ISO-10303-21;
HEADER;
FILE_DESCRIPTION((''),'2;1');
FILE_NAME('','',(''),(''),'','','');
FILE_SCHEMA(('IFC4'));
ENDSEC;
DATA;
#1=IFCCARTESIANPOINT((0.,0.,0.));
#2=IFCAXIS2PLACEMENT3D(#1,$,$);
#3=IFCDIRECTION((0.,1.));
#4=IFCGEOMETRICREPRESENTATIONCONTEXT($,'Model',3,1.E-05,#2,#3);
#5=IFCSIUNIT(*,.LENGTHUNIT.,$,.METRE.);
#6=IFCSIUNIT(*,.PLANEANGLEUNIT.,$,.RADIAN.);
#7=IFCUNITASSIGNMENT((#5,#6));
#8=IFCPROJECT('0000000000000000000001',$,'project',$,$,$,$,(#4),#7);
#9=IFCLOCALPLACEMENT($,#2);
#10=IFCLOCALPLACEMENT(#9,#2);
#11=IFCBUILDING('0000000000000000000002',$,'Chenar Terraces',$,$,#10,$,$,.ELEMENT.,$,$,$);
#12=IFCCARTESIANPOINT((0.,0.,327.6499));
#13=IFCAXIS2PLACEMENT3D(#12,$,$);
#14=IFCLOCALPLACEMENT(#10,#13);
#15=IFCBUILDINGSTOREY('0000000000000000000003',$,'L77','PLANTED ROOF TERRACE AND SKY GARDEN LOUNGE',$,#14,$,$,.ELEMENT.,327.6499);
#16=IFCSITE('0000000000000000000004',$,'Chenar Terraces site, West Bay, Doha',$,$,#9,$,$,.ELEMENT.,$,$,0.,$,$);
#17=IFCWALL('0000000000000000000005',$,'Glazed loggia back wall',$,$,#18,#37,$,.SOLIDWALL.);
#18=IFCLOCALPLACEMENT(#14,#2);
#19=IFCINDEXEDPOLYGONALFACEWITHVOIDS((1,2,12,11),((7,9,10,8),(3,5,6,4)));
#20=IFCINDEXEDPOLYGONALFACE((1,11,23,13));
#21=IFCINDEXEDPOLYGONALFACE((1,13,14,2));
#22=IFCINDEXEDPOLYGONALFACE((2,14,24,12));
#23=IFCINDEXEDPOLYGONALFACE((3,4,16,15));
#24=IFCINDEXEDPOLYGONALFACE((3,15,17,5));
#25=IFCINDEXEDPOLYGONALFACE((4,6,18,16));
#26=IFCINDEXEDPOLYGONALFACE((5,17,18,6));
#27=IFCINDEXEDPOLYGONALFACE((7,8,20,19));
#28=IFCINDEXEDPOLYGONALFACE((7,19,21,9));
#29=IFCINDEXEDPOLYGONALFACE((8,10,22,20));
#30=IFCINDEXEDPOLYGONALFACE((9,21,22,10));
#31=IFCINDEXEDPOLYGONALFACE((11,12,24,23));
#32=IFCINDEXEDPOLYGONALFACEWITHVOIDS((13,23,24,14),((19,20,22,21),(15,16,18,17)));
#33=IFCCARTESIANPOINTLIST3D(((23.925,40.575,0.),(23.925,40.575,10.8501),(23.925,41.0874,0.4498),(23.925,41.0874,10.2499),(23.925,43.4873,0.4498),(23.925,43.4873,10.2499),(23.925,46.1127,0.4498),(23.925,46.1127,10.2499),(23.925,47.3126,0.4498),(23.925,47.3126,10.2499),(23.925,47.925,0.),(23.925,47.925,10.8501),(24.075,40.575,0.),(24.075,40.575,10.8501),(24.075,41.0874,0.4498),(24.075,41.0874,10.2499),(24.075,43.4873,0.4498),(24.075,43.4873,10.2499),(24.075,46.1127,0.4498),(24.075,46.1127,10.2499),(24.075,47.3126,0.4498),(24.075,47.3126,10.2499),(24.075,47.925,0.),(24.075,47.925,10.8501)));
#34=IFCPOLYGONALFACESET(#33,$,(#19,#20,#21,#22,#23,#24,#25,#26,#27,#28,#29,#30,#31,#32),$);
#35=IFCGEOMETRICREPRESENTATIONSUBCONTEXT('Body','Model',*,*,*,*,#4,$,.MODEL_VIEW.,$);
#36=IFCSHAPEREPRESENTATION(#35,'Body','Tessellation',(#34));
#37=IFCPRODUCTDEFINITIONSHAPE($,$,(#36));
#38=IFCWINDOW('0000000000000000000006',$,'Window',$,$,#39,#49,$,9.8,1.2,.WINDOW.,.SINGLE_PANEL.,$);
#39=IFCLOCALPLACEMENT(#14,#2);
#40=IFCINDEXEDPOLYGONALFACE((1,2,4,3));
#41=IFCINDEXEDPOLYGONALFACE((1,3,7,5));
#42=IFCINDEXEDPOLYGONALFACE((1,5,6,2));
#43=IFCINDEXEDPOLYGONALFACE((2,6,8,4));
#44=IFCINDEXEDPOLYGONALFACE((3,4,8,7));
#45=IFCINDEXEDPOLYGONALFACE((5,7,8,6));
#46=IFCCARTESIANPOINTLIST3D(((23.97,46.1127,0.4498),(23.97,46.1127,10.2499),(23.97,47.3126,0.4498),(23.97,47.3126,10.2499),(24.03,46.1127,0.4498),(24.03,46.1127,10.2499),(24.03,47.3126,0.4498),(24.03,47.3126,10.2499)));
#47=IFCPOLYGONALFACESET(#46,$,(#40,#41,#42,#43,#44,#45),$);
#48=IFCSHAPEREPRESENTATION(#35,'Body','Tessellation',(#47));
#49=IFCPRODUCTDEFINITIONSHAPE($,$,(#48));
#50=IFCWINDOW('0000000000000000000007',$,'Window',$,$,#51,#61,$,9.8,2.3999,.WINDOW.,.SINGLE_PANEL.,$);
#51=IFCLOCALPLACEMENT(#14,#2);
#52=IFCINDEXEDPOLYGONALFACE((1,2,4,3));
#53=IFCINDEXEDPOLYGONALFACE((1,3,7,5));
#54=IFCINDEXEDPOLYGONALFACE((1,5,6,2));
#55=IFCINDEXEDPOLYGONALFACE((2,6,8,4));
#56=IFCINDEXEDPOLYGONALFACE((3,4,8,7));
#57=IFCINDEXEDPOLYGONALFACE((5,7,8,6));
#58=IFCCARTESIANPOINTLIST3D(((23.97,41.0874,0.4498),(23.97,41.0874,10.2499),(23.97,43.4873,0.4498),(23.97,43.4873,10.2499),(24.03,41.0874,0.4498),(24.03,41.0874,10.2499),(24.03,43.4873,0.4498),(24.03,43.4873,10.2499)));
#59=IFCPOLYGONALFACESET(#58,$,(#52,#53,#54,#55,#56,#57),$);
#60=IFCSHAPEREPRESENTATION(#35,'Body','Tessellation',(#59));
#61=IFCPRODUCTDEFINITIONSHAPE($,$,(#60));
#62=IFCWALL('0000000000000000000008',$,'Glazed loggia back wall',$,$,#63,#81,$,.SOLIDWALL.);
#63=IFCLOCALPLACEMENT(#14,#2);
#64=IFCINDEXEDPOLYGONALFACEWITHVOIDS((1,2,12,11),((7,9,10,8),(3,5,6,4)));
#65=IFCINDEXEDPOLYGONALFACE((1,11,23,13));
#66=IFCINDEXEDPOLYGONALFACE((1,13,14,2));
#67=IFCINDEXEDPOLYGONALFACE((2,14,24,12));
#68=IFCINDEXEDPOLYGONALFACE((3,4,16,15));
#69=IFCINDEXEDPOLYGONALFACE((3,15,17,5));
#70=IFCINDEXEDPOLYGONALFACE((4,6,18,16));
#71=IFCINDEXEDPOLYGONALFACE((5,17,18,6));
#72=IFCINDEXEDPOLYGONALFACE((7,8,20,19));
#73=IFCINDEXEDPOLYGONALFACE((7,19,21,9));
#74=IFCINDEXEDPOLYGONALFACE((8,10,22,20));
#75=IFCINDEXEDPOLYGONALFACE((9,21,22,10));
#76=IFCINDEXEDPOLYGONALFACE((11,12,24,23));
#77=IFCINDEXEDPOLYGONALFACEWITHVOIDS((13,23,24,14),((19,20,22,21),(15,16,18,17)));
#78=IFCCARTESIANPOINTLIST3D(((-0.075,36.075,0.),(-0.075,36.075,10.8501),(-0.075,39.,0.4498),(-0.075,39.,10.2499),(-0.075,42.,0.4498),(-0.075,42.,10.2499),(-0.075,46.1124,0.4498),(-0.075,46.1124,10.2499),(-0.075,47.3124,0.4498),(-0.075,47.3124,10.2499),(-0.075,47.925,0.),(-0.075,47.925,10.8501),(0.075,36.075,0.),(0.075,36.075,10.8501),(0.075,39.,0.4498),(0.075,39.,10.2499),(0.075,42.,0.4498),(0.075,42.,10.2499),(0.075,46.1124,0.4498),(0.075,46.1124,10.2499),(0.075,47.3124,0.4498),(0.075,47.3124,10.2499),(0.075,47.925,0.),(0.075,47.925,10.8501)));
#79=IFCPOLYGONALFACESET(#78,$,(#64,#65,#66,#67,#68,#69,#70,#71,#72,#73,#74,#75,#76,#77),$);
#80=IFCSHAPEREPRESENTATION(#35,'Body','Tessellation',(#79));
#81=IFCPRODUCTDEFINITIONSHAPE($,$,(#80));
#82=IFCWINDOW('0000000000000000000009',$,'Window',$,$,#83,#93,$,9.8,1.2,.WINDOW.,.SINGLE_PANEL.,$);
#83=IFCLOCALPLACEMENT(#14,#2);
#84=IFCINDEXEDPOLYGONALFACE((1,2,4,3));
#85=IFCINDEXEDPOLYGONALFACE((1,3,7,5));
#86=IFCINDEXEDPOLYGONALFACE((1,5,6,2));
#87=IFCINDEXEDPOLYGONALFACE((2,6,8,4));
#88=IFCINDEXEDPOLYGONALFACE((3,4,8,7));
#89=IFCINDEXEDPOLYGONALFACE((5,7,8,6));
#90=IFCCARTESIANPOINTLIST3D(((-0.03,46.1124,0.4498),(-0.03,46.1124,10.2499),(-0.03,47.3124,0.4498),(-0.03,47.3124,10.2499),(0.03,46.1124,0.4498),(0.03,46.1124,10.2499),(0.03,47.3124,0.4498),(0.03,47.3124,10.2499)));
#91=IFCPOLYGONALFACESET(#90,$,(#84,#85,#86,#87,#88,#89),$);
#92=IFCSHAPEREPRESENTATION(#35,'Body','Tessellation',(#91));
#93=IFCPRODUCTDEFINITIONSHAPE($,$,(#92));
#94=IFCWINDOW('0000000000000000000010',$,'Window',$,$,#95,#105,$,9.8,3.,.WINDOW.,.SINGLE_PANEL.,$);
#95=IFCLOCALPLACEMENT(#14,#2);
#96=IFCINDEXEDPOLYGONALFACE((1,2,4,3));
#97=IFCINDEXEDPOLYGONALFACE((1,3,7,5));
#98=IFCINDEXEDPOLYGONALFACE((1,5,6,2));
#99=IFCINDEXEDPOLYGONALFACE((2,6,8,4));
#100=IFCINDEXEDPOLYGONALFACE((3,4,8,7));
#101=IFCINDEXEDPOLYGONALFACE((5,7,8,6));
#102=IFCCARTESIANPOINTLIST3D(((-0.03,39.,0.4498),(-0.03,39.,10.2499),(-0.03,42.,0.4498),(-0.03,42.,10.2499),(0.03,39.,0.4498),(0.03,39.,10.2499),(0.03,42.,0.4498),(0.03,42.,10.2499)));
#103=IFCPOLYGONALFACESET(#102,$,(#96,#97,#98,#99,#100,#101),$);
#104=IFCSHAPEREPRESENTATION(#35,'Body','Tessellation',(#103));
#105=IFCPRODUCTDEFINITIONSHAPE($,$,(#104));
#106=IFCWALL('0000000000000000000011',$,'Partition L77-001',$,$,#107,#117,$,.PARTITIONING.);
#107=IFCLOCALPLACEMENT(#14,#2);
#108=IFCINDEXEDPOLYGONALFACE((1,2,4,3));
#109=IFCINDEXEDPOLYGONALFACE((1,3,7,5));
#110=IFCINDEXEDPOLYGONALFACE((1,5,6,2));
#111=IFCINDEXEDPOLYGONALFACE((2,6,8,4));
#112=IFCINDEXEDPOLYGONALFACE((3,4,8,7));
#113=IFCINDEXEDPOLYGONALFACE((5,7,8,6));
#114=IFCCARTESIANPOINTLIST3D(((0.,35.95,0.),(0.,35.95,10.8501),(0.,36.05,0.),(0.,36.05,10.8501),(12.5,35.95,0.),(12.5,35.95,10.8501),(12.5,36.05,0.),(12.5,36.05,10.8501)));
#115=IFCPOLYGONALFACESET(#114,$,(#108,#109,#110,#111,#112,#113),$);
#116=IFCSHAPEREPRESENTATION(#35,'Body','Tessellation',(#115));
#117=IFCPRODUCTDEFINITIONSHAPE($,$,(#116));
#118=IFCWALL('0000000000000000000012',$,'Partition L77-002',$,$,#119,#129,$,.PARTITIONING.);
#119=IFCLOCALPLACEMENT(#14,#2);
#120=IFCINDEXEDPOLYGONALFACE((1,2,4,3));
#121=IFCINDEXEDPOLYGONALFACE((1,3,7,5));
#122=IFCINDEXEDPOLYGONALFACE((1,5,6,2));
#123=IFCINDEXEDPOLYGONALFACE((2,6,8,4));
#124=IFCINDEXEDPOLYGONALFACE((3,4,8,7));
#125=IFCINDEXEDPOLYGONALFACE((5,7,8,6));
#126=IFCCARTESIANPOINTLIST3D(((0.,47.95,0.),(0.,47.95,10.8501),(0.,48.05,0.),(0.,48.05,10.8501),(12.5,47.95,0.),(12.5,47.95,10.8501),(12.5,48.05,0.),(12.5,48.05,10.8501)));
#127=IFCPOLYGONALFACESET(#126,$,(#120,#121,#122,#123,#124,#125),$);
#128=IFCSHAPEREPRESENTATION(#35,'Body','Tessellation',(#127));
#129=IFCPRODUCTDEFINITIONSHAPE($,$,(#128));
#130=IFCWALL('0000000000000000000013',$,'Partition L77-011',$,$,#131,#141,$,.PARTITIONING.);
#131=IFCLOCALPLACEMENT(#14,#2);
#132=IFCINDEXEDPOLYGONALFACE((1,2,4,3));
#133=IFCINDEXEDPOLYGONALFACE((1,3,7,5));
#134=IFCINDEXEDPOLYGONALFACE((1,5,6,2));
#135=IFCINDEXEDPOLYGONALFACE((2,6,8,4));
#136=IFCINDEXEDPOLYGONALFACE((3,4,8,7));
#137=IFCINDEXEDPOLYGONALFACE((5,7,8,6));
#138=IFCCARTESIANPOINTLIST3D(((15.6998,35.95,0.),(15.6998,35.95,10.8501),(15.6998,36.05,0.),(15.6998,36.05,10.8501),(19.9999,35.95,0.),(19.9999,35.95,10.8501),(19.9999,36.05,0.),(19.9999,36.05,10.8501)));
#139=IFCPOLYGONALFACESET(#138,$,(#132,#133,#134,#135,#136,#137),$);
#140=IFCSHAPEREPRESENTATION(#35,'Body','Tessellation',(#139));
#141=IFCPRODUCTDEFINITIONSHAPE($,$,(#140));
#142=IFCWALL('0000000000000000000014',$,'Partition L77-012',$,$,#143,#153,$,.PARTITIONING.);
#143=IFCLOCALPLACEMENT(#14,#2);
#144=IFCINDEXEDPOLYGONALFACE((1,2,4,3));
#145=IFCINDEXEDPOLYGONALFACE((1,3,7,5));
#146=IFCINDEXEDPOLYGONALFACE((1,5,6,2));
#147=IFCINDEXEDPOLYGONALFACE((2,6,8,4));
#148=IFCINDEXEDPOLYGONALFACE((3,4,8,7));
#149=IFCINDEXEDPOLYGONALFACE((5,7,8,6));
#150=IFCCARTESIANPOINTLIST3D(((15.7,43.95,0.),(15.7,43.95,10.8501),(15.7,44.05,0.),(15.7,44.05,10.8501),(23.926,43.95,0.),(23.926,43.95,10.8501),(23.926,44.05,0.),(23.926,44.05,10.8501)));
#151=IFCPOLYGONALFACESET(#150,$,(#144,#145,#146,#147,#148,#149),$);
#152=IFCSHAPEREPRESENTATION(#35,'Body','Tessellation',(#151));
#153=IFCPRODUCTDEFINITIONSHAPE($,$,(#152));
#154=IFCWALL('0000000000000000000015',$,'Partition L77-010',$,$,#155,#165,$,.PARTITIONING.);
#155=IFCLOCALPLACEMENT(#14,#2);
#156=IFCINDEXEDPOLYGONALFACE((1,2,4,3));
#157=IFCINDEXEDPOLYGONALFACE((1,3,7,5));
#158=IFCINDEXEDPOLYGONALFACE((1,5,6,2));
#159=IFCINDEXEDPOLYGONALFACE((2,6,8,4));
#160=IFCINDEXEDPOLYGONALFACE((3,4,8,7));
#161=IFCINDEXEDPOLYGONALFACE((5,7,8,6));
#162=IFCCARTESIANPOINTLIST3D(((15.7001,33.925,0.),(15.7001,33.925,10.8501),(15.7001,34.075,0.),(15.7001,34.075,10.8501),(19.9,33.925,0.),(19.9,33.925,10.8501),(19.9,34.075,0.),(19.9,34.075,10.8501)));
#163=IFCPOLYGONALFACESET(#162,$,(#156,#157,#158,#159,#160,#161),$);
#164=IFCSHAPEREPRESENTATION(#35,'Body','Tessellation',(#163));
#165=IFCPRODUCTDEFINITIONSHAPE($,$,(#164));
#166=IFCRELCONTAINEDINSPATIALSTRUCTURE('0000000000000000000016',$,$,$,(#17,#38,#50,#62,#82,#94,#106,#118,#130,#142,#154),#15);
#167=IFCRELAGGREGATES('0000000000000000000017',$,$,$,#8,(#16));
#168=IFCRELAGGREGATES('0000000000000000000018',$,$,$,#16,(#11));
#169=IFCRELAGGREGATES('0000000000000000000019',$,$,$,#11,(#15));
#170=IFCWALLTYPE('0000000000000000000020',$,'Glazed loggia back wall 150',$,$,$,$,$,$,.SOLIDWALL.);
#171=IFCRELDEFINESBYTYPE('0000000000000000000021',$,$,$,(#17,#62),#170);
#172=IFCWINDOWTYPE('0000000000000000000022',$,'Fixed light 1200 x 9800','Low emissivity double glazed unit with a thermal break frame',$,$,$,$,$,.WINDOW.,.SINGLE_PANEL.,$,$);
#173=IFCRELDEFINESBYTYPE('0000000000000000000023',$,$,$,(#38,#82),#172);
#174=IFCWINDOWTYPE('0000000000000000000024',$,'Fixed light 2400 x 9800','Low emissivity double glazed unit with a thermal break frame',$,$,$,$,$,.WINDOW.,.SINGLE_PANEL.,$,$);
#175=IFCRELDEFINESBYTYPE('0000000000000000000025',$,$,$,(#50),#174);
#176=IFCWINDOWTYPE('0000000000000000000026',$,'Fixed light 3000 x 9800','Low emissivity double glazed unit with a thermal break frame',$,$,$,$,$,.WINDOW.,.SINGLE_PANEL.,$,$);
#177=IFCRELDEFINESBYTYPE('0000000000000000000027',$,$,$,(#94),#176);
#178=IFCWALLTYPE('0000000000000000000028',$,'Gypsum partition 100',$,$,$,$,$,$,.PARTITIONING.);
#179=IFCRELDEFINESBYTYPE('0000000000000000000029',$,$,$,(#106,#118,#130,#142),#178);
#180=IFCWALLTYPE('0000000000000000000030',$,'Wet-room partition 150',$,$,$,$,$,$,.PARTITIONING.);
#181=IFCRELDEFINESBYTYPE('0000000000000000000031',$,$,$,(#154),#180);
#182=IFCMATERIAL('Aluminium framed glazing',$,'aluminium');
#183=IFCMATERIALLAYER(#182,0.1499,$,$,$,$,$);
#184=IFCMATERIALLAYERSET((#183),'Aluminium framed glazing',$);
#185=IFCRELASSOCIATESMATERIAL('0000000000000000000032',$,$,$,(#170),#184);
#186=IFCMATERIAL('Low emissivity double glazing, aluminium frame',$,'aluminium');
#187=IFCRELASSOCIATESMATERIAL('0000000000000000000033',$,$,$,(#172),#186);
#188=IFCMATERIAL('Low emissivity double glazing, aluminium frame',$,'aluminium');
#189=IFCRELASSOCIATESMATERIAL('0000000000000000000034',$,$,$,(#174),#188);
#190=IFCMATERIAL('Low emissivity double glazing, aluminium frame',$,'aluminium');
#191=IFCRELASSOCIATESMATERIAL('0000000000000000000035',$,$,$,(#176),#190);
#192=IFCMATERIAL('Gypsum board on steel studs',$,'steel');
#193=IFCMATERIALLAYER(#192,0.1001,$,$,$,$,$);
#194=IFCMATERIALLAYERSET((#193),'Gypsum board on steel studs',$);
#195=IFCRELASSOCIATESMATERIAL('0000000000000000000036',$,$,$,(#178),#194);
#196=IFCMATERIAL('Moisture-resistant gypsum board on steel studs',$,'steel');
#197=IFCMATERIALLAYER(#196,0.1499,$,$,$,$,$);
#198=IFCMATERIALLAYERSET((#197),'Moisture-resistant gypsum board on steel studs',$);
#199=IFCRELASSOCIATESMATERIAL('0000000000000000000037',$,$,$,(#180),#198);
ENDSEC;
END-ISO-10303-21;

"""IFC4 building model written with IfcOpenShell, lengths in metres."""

from ifc_helpers import new_model, si_unit, direction, frame, frame_2d, origin, place, context, subcontext, project, spatial, rectangle, extrude, material, layer, layer_set, type_object, element, fill, save


model = new_model("IFC4")

# Units and contexts
model_context = context("Model", 3, precision=1e-05, world=origin(), true_north=direction((0.0, 1.0)))
body_context = subcontext(model_context, "Body", "Model", "MODEL_VIEW")
ifc_project = project(units=[si_unit("LENGTHUNIT", "METRE"), si_unit("PLANEANGLEUNIT", "RADIAN")], contexts=[model_context])

# Site, building, storey
site_placement = place(None, origin())
site = spatial("IfcSite", under=ifc_project, at=site_placement, Name="Chenar Terraces site, West Bay, Doha", CompositionType="ELEMENT", RefElevation=0.0)
building_placement = place(site_placement, origin())
building = spatial("IfcBuilding", under=site, at=building_placement, Name="Chenar Terraces", CompositionType="ELEMENT")
storey_placement = place(building_placement, frame((0.0, 0.0, 327.6499)))
storey = spatial("IfcBuildingStorey", under=building, at=storey_placement, Name="L77", Description="PLANTED ROOF TERRACE AND SKY GARDEN LOUNGE", CompositionType="ELEMENT", Elevation=327.6499)

# Shared definitions
placement_1 = place(storey_placement, frame((0.0, 36.0, 0.0), z_axis=(0.0, 0.0, 1.0), x_axis=(1.0, 0.0, 0.0)))

# Walls, openings, windows
ifc_material_1 = material(Name="Aluminium framed glazing", Category="aluminium")
ifc_layer_1 = layer(ifc_material_1, 0.1499)
ifc_layer_set_1 = layer_set([ifc_layer_1], Name="Aluminium framed glazing")
wall_type_1 = type_object("IfcWallType", Name="Glazed loggia back wall 150", PredefinedType="SOLIDWALL", material=ifc_layer_set_1)
wall_1_placement = place(storey_placement, frame((24.0, 40.575, 0.0), z_axis=(0.0, 0.0, 1.0), x_axis=(0.0, 1.0, 0.0)))
wall_1 = element("IfcWall", 1, at=wall_1_placement, inside=storey, type_object=wall_type_1, Name="Glazed loggia back wall", PredefinedType="SOLIDWALL", context=body_context, shape_type="SweptSolid", body=[
    extrude(rectangle(XDim=7.3501, YDim=0.1499, at=frame_2d((3.675, 0.0))), origin(), (0.0, 0.0, 1.0), 10.8501),
])
opening_1_placement = place(wall_1_placement, frame((0.5125, 0.0, 0.45)))
opening_1 = element("IfcOpeningElement", 2, at=opening_1_placement, cuts=wall_1, PredefinedType="OPENING", context=body_context, shape_type="SweptSolid", body=[
    extrude(rectangle(XDim=2.3999, YDim=9.8, at=frame_2d((1.2, 4.8999))), frame((0.0, 0.085, 0.0), z_axis=(0.0, -1.0, 0.0), x_axis=(1.0, 0.0, 0.0)), (0.0, 0.0, 1.0), 0.1699),
])
opening_2_placement = place(wall_1_placement, frame((5.5376, 0.0, 0.45)))
opening_2 = element("IfcOpeningElement", 3, at=opening_2_placement, cuts=wall_1, PredefinedType="OPENING", context=body_context, shape_type="SweptSolid", body=[
    extrude(rectangle(XDim=1.2, YDim=9.8, at=frame_2d((0.6001, 4.8999))), frame((0.0, 0.085, 0.0), z_axis=(0.0, -1.0, 0.0), x_axis=(1.0, 0.0, 0.0)), (0.0, 0.0, 1.0), 0.1699),
])
ifc_material_2 = material(Name="Low emissivity double glazing, aluminium frame", Category="aluminium")
window_type_1 = type_object("IfcWindowType", Name="Fixed light 1200 x 9800", Description="Low emissivity double glazed unit with a thermal break frame", PartitioningType="SINGLE_PANEL", PredefinedType="WINDOW", material=ifc_material_2)
window_1_placement = place(opening_2_placement, origin())
window_1 = element("IfcWindow", 4, at=window_1_placement, inside=storey, type_object=window_type_1, Name="Window", OverallHeight=9.8, OverallWidth=1.2, PartitioningType="SINGLE_PANEL", PredefinedType="WINDOW", context=body_context, shape_type="SweptSolid", body=[
    extrude(rectangle(XDim=1.2, YDim=9.8, at=frame_2d((0.6001, 4.8999))), frame((0.0, 0.03, 0.0), z_axis=(0.0, -1.0, 0.0), x_axis=(1.0, 0.0, 0.0)), (0.0, 0.0, 1.0), 0.0601),
])
fill(opening_2, window_1)
ifc_material_3 = material(Name="Low emissivity double glazing, aluminium frame", Category="aluminium")
window_type_2 = type_object("IfcWindowType", Name="Fixed light 2400 x 9800", Description="Low emissivity double glazed unit with a thermal break frame", PartitioningType="SINGLE_PANEL", PredefinedType="WINDOW", material=ifc_material_3)
window_2_placement = place(opening_1_placement, origin())
window_2 = element("IfcWindow", 5, at=window_2_placement, inside=storey, type_object=window_type_2, Name="Window", OverallHeight=9.8, OverallWidth=2.3999, PartitioningType="SINGLE_PANEL", PredefinedType="WINDOW", context=body_context, shape_type="SweptSolid", body=[
    extrude(rectangle(XDim=2.3999, YDim=9.8, at=frame_2d((1.2, 4.8999))), frame((0.0, 0.03, 0.0), z_axis=(0.0, -1.0, 0.0), x_axis=(1.0, 0.0, 0.0)), (0.0, 0.0, 1.0), 0.0601),
])
fill(opening_1, window_2)
wall_2_placement = place(storey_placement, frame((0.0, 47.925, 0.0), z_axis=(0.0, 0.0, 1.0), x_axis=(0.0, -1.0, 0.0)))
wall_2 = element("IfcWall", 6, at=wall_2_placement, inside=storey, type_object=wall_type_1, Name="Glazed loggia back wall", PredefinedType="SOLIDWALL", context=body_context, shape_type="SweptSolid", body=[
    extrude(rectangle(XDim=11.8501, YDim=0.1499, at=frame_2d((5.925, 0.0))), origin(), (0.0, 0.0, 1.0), 10.8501),
])
opening_3_placement = place(wall_2_placement, frame((0.6125, 0.0, 0.45)))
opening_3 = element("IfcOpeningElement", 7, at=opening_3_placement, cuts=wall_2, PredefinedType="OPENING", context=body_context, shape_type="SweptSolid", body=[
    extrude(rectangle(XDim=1.2, YDim=9.8, at=frame_2d((0.6001, 4.8999))), frame((0.0, 0.085, 0.0), z_axis=(0.0, -1.0, 0.0), x_axis=(1.0, 0.0, 0.0)), (0.0, 0.0, 1.0), 0.1699),
])
opening_4_placement = place(wall_2_placement, frame((5.925, 0.0, 0.45)))
opening_4 = element("IfcOpeningElement", 8, at=opening_4_placement, cuts=wall_2, PredefinedType="OPENING", context=body_context, shape_type="SweptSolid", body=[
    extrude(rectangle(XDim=3.0, YDim=9.8, at=frame_2d((1.5, 4.8999))), frame((0.0, 0.085, 0.0), z_axis=(0.0, -1.0, 0.0), x_axis=(1.0, 0.0, 0.0)), (0.0, 0.0, 1.0), 0.1699),
])
window_3_placement = place(opening_3_placement, origin())
window_3 = element("IfcWindow", 9, at=window_3_placement, inside=storey, type_object=window_type_1, Name="Window", OverallHeight=9.8, OverallWidth=1.2, PartitioningType="SINGLE_PANEL", PredefinedType="WINDOW", context=body_context, shape_type="SweptSolid", body=[
    extrude(rectangle(XDim=1.2, YDim=9.8, at=frame_2d((0.6001, 4.8999))), frame((0.0, 0.03, 0.0), z_axis=(0.0, -1.0, 0.0), x_axis=(1.0, 0.0, 0.0)), (0.0, 0.0, 1.0), 0.0601),
])
fill(opening_3, window_3)
ifc_material_4 = material(Name="Low emissivity double glazing, aluminium frame", Category="aluminium")
window_type_3 = type_object("IfcWindowType", Name="Fixed light 3000 x 9800", Description="Low emissivity double glazed unit with a thermal break frame", PartitioningType="SINGLE_PANEL", PredefinedType="WINDOW", material=ifc_material_4)
window_4_placement = place(opening_4_placement, origin())
window_4 = element("IfcWindow", 10, at=window_4_placement, inside=storey, type_object=window_type_3, Name="Window", OverallHeight=9.8, OverallWidth=3.0, PartitioningType="SINGLE_PANEL", PredefinedType="WINDOW", context=body_context, shape_type="SweptSolid", body=[
    extrude(rectangle(XDim=3.0, YDim=9.8, at=frame_2d((1.5, 4.8999))), frame((0.0, 0.03, 0.0), z_axis=(0.0, -1.0, 0.0), x_axis=(1.0, 0.0, 0.0)), (0.0, 0.0, 1.0), 0.0601),
])
fill(opening_4, window_4)

# Walls
ifc_material_5 = material(Name="Gypsum board on steel studs", Category="steel")
ifc_layer_2 = layer(ifc_material_5, 0.1001)
ifc_layer_set_2 = layer_set([ifc_layer_2], Name="Gypsum board on steel studs")
wall_type_2 = type_object("IfcWallType", Name="Gypsum partition 100", PredefinedType="PARTITIONING", material=ifc_layer_set_2)
element("IfcWall", 11, at=placement_1, inside=storey, type_object=wall_type_2, Name="Partition L77-001", PredefinedType="PARTITIONING", context=body_context, shape_type="SweptSolid", body=[
    extrude(rectangle(XDim=12.5, YDim=0.1001, at=frame_2d((6.25, 0.0))), origin(), (0.0, 0.0, 1.0), 10.8501),
])
wall_3_placement = place(storey_placement, frame((0.0, 48.0, 0.0), z_axis=(0.0, 0.0, 1.0), x_axis=(1.0, 0.0, 0.0)))
element("IfcWall", 12, at=wall_3_placement, inside=storey, type_object=wall_type_2, Name="Partition L77-002", PredefinedType="PARTITIONING", context=body_context, shape_type="SweptSolid", body=[
    extrude(rectangle(XDim=12.5, YDim=0.1001, at=frame_2d((6.25, 0.0))), origin(), (0.0, 0.0, 1.0), 10.8501),
])
wall_4_placement = place(storey_placement, frame((15.7, 36.0, 0.0), z_axis=(0.0, 0.0, 1.0), x_axis=(1.0, 0.0, 0.0)))
element("IfcWall", 13, at=wall_4_placement, inside=storey, type_object=wall_type_2, Name="Partition L77-011", PredefinedType="PARTITIONING", context=body_context, shape_type="SweptSolid", body=[
    extrude(rectangle(XDim=4.3, YDim=0.1001, at=frame_2d((2.1499, 0.0))), origin(), (0.0, 0.0, 1.0), 10.8501),
])
wall_5_placement = place(storey_placement, frame((15.7, 44.0, 0.0), z_axis=(0.0, 0.0, 1.0), x_axis=(1.0, 0.0, 0.0)))
element("IfcWall", 14, at=wall_5_placement, inside=storey, type_object=wall_type_2, Name="Partition L77-012", PredefinedType="PARTITIONING", context=body_context, shape_type="SweptSolid", body=[
    extrude(rectangle(XDim=8.2261, YDim=0.1001, at=frame_2d((4.113, 0.0))), origin(), (0.0, 0.0, 1.0), 10.8501),
])
ifc_material_6 = material(Name="Moisture-resistant gypsum board on steel studs", Category="steel")
ifc_layer_3 = layer(ifc_material_6, 0.1499)
ifc_layer_set_3 = layer_set([ifc_layer_3], Name="Moisture-resistant gypsum board on steel studs")
wall_type_3 = type_object("IfcWallType", Name="Wet-room partition 150", PredefinedType="PARTITIONING", material=ifc_layer_set_3)
wall_6_placement = place(storey_placement, frame((15.7, 34.0, 0.0), z_axis=(0.0, 0.0, 1.0), x_axis=(1.0, 0.0, 0.0)))
element("IfcWall", 15, at=wall_6_placement, inside=storey, type_object=wall_type_3, Name="Partition L77-010", PredefinedType="PARTITIONING", context=body_context, shape_type="SweptSolid", body=[
    extrude(rectangle(XDim=4.2, YDim=0.1499, at=frame_2d((2.1001, 0.0))), origin(), (0.0, 0.0, 1.0), 10.8501),
])

save(model, "model.ifc")
